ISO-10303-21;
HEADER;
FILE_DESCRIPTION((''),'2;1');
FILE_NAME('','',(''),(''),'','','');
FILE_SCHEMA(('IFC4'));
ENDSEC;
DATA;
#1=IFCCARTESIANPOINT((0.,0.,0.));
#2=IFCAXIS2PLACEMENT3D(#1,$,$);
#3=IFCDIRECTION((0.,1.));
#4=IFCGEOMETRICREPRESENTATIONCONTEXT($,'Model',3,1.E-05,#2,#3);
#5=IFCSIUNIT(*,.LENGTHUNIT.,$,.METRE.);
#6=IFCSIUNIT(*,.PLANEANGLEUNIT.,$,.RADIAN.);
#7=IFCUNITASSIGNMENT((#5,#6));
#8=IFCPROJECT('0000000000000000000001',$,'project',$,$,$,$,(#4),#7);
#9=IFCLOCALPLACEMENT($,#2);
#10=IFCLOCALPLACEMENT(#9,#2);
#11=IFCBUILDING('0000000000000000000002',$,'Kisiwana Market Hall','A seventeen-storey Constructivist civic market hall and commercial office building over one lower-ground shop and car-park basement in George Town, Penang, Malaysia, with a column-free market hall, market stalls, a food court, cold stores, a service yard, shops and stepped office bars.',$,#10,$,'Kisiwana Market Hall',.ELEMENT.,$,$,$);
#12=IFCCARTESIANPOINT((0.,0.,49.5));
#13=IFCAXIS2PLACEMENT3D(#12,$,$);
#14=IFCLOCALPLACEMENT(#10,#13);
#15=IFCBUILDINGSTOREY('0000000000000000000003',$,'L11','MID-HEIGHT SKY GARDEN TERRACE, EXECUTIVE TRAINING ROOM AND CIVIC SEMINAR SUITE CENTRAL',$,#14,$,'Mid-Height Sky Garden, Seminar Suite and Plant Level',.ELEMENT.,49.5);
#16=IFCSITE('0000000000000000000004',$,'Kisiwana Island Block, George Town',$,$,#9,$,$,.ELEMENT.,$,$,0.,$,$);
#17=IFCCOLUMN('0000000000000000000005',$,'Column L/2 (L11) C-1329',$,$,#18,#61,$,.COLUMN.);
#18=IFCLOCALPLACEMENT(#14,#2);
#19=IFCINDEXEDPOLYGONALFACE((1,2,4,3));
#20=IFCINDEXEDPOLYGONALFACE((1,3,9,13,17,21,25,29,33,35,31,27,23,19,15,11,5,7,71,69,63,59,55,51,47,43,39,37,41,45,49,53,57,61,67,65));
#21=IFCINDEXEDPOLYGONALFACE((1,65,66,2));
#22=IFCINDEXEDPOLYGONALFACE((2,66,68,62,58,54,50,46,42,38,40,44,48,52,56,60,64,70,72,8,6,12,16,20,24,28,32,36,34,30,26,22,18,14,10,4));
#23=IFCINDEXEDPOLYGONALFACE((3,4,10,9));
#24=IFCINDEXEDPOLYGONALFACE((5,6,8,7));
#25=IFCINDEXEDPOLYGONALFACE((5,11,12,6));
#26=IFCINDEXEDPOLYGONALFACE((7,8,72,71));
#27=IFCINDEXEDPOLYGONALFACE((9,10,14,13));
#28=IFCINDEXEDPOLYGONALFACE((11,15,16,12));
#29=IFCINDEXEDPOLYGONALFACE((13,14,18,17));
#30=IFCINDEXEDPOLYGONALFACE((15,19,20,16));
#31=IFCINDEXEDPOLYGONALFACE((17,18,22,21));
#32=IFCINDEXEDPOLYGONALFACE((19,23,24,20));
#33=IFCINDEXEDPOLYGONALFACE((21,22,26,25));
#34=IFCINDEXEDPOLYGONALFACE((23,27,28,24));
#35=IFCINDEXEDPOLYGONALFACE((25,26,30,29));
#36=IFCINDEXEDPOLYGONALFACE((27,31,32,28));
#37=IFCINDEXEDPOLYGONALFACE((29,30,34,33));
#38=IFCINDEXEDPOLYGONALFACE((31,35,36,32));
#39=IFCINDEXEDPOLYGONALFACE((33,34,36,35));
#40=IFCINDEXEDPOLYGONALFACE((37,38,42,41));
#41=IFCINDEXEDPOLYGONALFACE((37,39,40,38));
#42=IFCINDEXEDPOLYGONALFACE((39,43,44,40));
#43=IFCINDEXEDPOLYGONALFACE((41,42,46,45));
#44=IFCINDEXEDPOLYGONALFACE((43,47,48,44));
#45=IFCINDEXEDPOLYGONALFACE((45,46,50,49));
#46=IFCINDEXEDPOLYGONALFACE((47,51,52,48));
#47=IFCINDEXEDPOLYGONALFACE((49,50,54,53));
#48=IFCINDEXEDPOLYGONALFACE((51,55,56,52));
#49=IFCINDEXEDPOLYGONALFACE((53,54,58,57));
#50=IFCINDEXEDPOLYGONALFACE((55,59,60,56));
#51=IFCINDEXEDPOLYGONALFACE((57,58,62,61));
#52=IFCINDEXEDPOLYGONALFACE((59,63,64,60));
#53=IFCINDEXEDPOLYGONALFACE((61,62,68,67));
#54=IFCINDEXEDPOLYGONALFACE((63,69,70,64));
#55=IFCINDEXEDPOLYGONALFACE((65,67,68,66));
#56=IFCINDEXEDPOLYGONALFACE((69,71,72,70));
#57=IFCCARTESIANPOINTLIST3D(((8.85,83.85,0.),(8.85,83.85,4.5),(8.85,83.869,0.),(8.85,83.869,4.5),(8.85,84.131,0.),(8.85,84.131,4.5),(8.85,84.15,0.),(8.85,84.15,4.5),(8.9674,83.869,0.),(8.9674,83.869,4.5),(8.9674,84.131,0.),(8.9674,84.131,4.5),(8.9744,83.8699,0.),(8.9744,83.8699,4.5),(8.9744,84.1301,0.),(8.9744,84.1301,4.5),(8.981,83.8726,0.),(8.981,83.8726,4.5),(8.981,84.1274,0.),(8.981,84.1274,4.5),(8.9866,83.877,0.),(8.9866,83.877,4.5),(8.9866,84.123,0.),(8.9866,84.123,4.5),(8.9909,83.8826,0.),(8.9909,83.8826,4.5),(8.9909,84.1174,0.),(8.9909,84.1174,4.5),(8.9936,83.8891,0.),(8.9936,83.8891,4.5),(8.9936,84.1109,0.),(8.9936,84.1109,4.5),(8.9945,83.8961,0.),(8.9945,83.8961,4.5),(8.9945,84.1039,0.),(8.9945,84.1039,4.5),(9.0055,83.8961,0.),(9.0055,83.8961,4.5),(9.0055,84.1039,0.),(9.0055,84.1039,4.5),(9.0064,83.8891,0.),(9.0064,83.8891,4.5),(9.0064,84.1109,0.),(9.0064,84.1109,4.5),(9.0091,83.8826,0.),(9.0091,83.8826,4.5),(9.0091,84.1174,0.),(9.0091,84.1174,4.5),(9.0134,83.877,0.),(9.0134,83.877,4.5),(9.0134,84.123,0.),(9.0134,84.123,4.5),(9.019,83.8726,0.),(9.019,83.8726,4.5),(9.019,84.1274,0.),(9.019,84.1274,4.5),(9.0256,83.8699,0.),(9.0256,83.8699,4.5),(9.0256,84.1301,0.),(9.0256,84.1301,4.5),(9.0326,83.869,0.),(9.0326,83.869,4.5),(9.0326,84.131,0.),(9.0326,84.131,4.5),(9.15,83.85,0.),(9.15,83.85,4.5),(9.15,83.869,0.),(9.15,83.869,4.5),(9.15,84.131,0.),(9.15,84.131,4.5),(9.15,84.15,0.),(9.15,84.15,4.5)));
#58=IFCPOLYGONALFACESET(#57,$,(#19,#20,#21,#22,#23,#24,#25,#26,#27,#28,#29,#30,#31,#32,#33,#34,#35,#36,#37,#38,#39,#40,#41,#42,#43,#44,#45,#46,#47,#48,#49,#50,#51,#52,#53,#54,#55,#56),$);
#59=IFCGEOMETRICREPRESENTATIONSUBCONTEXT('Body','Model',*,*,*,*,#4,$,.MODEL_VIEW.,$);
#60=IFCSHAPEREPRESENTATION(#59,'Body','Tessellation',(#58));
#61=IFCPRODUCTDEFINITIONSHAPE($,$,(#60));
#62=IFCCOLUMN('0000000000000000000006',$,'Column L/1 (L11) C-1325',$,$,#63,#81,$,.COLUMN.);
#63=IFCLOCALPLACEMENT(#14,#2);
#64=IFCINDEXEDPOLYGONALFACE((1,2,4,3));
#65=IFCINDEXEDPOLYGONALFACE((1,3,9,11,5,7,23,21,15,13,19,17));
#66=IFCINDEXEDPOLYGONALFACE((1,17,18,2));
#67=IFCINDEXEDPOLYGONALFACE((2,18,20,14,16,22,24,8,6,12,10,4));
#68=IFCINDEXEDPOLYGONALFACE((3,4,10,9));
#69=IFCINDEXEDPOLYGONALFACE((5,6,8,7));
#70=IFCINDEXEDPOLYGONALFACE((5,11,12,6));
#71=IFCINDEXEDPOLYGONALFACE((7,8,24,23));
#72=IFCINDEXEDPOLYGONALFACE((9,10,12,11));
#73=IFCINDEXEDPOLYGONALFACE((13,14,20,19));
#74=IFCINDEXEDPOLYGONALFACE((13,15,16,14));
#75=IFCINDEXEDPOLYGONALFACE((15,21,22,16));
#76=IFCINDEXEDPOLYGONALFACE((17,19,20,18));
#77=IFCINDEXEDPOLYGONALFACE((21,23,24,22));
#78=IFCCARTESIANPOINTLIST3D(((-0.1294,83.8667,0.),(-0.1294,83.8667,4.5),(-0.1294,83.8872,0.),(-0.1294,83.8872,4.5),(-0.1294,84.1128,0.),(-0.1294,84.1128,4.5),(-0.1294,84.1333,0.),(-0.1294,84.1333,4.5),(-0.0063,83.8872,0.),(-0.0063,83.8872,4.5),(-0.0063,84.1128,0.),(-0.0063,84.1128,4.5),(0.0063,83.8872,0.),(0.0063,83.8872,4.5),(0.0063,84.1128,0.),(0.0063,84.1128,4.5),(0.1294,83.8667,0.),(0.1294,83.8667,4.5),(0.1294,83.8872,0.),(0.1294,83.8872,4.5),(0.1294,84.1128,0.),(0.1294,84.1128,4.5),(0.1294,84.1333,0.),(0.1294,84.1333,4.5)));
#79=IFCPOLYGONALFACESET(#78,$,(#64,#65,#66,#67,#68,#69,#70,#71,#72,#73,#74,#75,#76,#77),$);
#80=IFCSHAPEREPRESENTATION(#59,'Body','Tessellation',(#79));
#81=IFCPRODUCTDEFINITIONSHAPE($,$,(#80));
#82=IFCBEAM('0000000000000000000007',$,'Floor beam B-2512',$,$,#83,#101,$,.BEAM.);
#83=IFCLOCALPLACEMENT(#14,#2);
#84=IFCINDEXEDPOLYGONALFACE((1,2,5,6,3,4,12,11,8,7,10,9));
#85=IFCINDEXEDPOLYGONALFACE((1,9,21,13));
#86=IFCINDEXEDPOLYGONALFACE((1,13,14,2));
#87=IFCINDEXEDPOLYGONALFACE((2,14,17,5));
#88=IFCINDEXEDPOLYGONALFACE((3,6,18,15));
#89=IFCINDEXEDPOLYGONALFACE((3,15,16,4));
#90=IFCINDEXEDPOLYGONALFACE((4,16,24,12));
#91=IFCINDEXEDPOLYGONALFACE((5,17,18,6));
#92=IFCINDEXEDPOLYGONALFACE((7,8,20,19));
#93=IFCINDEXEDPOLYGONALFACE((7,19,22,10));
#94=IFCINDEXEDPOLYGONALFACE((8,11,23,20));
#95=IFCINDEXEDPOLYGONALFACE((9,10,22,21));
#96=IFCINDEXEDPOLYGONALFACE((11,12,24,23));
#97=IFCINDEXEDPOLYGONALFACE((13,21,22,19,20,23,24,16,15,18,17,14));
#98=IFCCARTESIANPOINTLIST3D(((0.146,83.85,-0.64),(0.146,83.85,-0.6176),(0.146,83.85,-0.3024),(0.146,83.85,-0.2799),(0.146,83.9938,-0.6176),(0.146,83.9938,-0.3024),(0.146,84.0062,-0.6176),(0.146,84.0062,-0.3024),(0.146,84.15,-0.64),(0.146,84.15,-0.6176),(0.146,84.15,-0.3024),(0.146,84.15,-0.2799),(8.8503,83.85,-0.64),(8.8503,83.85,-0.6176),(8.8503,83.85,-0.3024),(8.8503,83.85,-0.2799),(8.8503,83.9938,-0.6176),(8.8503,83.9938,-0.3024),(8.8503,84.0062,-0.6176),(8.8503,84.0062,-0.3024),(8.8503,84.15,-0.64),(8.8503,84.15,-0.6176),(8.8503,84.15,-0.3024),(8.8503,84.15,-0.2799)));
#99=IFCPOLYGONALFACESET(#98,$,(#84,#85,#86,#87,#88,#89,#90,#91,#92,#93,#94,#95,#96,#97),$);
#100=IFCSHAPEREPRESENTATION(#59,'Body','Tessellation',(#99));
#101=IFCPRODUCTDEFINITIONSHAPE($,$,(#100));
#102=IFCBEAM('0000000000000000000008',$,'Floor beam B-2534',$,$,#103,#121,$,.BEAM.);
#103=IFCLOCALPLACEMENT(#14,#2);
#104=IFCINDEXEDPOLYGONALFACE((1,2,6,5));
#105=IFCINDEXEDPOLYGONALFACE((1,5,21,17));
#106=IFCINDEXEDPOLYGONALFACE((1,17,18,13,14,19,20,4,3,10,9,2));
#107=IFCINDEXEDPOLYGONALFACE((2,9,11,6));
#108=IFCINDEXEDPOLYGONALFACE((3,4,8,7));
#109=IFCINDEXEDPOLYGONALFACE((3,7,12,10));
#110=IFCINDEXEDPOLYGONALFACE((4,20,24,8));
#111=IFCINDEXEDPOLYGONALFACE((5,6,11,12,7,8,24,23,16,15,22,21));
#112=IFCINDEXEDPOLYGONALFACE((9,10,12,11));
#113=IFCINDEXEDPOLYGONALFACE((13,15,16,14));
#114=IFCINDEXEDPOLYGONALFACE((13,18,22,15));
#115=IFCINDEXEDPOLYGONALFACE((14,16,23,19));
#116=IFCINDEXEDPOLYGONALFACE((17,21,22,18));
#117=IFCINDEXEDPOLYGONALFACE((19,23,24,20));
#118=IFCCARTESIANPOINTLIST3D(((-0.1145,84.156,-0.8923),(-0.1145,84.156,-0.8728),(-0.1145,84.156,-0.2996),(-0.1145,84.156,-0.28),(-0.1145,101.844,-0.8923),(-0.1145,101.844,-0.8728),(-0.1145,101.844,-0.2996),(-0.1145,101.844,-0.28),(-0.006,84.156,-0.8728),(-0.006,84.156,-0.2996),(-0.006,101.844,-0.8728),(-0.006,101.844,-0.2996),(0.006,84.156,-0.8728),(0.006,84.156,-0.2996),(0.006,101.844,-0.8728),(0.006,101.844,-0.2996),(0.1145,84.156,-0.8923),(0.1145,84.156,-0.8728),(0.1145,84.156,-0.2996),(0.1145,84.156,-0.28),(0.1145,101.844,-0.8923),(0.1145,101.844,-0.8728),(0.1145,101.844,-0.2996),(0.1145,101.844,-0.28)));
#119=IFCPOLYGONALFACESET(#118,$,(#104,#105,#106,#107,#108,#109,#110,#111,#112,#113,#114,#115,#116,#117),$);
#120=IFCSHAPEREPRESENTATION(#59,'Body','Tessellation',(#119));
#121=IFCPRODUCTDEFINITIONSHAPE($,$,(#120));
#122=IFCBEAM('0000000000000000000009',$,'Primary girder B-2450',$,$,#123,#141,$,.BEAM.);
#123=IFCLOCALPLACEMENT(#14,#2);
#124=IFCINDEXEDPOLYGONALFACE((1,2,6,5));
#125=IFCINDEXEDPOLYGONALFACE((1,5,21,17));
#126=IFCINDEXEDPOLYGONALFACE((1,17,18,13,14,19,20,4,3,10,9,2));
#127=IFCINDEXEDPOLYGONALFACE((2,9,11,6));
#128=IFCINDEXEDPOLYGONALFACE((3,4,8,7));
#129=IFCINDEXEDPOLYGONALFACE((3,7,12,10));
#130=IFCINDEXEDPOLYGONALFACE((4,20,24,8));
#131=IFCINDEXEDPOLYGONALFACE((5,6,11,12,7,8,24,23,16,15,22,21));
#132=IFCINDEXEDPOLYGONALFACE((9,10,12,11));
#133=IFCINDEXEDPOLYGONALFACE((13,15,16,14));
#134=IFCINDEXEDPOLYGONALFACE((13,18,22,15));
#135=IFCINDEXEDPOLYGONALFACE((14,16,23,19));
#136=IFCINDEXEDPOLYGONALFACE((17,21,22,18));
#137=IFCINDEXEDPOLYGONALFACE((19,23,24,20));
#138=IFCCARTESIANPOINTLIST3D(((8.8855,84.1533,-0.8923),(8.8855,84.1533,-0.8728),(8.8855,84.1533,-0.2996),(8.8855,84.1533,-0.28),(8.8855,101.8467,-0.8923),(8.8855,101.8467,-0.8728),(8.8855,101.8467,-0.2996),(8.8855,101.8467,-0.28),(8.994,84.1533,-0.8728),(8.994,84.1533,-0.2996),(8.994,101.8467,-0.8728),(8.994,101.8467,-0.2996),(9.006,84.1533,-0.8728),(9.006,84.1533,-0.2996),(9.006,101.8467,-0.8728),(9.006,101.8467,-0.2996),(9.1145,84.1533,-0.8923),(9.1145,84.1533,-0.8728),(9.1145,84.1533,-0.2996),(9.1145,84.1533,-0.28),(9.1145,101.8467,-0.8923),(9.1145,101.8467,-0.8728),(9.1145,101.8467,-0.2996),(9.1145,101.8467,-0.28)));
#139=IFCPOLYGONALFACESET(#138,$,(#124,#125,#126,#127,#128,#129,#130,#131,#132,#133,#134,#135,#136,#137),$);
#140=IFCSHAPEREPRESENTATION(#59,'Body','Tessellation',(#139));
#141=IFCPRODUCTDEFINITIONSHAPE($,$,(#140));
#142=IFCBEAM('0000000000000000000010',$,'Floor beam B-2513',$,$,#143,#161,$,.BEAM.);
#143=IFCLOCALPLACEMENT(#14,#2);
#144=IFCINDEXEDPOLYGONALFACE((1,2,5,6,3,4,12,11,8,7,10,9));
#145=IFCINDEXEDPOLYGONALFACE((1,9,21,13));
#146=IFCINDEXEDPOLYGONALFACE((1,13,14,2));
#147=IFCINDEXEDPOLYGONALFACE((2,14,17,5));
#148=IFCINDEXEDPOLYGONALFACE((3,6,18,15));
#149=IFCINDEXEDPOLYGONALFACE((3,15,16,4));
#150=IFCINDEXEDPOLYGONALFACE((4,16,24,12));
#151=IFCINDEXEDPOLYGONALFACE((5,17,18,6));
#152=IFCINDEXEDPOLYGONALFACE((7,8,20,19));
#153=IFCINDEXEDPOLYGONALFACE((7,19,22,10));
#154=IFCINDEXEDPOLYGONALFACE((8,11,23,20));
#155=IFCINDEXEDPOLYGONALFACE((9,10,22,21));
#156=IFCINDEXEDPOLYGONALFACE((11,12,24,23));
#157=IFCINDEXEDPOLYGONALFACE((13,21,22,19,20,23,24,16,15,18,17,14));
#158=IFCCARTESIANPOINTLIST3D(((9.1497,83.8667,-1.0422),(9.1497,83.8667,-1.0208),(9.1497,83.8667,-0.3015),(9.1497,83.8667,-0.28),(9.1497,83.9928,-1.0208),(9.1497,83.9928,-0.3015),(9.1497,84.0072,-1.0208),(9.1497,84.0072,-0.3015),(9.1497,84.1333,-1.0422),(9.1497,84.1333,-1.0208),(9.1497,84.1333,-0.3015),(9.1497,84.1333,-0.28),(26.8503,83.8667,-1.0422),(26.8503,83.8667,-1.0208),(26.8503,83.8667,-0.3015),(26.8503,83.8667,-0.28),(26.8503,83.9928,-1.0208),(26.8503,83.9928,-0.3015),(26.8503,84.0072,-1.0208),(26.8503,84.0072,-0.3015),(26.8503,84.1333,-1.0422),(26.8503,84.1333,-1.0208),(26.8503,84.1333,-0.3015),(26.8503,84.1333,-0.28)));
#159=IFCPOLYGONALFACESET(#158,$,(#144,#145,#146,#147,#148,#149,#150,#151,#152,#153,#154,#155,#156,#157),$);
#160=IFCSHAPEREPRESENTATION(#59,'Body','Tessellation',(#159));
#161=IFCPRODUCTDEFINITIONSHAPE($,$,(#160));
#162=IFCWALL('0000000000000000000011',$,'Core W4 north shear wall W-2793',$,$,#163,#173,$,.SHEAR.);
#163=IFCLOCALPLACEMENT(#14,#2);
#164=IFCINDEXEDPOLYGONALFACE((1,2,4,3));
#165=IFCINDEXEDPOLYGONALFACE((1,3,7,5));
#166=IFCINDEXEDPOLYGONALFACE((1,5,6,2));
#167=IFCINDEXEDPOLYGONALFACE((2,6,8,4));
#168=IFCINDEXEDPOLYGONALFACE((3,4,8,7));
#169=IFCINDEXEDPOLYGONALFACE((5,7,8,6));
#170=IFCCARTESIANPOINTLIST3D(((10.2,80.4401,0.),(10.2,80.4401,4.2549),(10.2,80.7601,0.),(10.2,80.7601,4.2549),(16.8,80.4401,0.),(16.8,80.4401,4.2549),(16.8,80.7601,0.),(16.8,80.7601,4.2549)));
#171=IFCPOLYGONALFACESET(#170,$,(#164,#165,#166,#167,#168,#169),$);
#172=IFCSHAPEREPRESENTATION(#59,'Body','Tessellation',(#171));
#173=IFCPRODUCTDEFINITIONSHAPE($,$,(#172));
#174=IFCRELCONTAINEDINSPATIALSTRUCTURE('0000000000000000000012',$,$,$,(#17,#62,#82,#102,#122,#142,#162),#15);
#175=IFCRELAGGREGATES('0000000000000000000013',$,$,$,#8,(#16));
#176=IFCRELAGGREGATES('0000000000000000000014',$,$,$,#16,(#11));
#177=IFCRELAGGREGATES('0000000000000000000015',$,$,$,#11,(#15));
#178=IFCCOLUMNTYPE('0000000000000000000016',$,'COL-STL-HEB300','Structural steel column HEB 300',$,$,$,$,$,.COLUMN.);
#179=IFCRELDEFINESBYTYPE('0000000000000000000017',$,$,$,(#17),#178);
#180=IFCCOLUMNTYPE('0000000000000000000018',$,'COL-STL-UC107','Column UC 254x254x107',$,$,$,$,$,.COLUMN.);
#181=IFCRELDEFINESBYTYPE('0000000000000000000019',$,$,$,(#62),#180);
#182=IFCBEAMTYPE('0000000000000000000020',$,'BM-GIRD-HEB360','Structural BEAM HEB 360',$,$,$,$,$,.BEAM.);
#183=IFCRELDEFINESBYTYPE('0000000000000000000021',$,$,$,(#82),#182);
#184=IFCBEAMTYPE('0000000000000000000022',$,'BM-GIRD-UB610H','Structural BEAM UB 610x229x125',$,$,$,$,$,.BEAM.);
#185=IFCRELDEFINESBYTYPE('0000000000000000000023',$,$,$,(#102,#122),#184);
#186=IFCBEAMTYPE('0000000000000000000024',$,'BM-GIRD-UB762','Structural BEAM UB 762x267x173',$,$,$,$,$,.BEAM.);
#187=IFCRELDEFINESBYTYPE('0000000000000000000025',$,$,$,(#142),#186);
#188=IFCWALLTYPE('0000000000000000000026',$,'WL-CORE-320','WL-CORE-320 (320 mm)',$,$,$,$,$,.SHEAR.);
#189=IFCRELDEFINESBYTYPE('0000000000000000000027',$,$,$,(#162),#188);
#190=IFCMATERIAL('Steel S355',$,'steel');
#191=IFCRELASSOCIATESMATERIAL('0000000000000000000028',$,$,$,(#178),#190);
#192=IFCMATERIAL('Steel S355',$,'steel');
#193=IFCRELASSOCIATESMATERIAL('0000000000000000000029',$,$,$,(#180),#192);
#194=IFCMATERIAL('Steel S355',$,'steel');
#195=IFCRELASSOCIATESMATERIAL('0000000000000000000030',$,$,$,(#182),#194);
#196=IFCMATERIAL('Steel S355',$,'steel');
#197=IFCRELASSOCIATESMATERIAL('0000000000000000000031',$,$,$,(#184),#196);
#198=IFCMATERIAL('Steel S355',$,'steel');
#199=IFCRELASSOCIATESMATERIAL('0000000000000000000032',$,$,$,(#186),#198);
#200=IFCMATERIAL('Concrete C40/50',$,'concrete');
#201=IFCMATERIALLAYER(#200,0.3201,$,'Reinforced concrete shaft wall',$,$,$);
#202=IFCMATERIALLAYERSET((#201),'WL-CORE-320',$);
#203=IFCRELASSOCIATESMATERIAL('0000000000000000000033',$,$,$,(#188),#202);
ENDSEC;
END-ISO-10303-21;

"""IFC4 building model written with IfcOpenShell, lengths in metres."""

from ifc_helpers import new_model, si_unit, direction, frame, frame_2d, origin, origin_2d, place, context, subcontext, project, spatial, rectangle, i_section, extrude, material, layer, layer_set, material_profile, profile_set, type_object, element, save


model = new_model("IFC4")

# Units and contexts
model_context = context("Model", 3, precision=1e-05, world=origin(), true_north=direction((0.0, 1.0)))
body_context = subcontext(model_context, "Body", "Model", "MODEL_VIEW")
ifc_project = project(units=[si_unit("LENGTHUNIT", "METRE"), si_unit("PLANEANGLEUNIT", "RADIAN")], contexts=[model_context])

# Site, building, storey
site_placement = place(None, origin())
site = spatial("IfcSite", under=ifc_project, at=site_placement, Name="Kisiwana Island Block, George Town", CompositionType="ELEMENT", RefElevation=0.0)
building_placement = place(site_placement, origin())
building = spatial("IfcBuilding", under=site, at=building_placement, Name="Kisiwana Market Hall", Description="A seventeen-storey Constructivist civic market hall and commercial office building over one lower-ground shop and car-park basement in George Town, Penang, Malaysia, with a column-free market hall, market stalls, a food court, cold stores, a service yard, shops and stepped office bars.", LongName="Kisiwana Market Hall", CompositionType="ELEMENT")
storey_placement = place(building_placement, frame((0.0, 0.0, 49.5)))
storey = spatial("IfcBuildingStorey", under=building, at=storey_placement, Name="L11", Description="MID-HEIGHT SKY GARDEN TERRACE, EXECUTIVE TRAINING ROOM AND CIVIC SEMINAR SUITE CENTRAL", LongName="Mid-Height Sky Garden, Seminar Suite and Plant Level", CompositionType="ELEMENT", Elevation=49.5)

# Columns
ifc_material_1 = material(Name="Steel S355", Category="steel")
ifc_material_profile_1 = material_profile(ifc_material_1, i_section(OverallWidth=0.3, OverallDepth=0.3, WebThickness=0.011, FlangeThickness=0.019, FilletRadius=0.0271, at=origin_2d()), Name="HEB 300")
ifc_profile_set_1 = profile_set([ifc_material_profile_1], Name="Steel S355")
column_type_1 = type_object("IfcColumnType", Name="COL-STL-HEB300", Description="Structural steel column HEB 300", PredefinedType="COLUMN", material=ifc_profile_set_1)
column_1_placement = place(storey_placement, frame((9.0, 84.0, 0.0), z_axis=(0.0, 0.0, 1.0), x_axis=(1.0, 0.0, 0.0)))
element("IfcColumn", 1, at=column_1_placement, inside=storey, type_object=column_type_1, Name="Column L/2 (L11) C-1329", PredefinedType="COLUMN", context=body_context, shape_type="SweptSolid", body=[
    extrude(i_section(OverallWidth=0.3, OverallDepth=0.3, WebThickness=0.011, FlangeThickness=0.019, FilletRadius=0.0271, at=origin_2d()), origin(), (0.0, 0.0, 1.0), 4.5),
])
ifc_material_2 = material(Name="Steel S355", Category="steel")
ifc_material_profile_2 = material_profile(ifc_material_2, i_section(OverallWidth=0.2588, OverallDepth=0.2666, WebThickness=0.0127, FlangeThickness=0.0205, at=origin_2d()), Name="UC 254x254x107")
ifc_profile_set_2 = profile_set([ifc_material_profile_2], Name="Steel S355")
column_type_2 = type_object("IfcColumnType", Name="COL-STL-UC107", Description="Column UC 254x254x107", PredefinedType="COLUMN", material=ifc_profile_set_2)
column_2_placement = place(storey_placement, frame((0.0, 84.0, 0.0), z_axis=(0.0, 0.0, 1.0), x_axis=(1.0, 0.0, 0.0)))
element("IfcColumn", 2, at=column_2_placement, inside=storey, type_object=column_type_2, Name="Column L/1 (L11) C-1325", PredefinedType="COLUMN", context=body_context, shape_type="SweptSolid", body=[
    extrude(i_section(OverallWidth=0.2588, OverallDepth=0.2666, WebThickness=0.0127, FlangeThickness=0.0205, at=origin_2d()), origin(), (0.0, 0.0, 1.0), 4.5),
])

# Beams
ifc_material_3 = material(Name="Steel S355", Category="steel")
ifc_material_profile_3 = material_profile(ifc_material_3, i_section(OverallWidth=0.3, OverallDepth=0.3601, WebThickness=0.0125, FlangeThickness=0.0225, at=origin_2d()), Name="HEB 360")
ifc_profile_set_3 = profile_set([ifc_material_profile_3], Name="Steel S355")
beam_type_1 = type_object("IfcBeamType", Name="BM-GIRD-HEB360", Description="Structural BEAM HEB 360", PredefinedType="BEAM", material=ifc_profile_set_3)
beam_1_placement = place(storey_placement, frame((0.146, 84.0, -0.46), z_axis=(1.0, 0.0, 0.0), x_axis=(0.0, 1.0, 0.0)))
element("IfcBeam", 3, at=beam_1_placement, inside=storey, type_object=beam_type_1, Name="Floor beam B-2512", PredefinedType="BEAM", context=body_context, shape_type="SweptSolid", body=[
    extrude(i_section(OverallWidth=0.3, OverallDepth=0.3601, WebThickness=0.0125, FlangeThickness=0.0225, at=origin_2d()), origin(), (0.0, 0.0, 1.0), 8.7043),
])
ifc_material_4 = material(Name="Steel S355", Category="steel")
ifc_material_profile_4 = material_profile(ifc_material_4, i_section(OverallWidth=0.229, OverallDepth=0.6123, WebThickness=0.012, FlangeThickness=0.0195, at=origin_2d()), Name="UB 610x229x125")
ifc_profile_set_4 = profile_set([ifc_material_profile_4], Name="Steel S355")
beam_type_2 = type_object("IfcBeamType", Name="BM-GIRD-UB610H", Description="Structural BEAM UB 610x229x125", PredefinedType="BEAM", material=ifc_profile_set_4)
beam_2_placement = place(storey_placement, frame((0.0, 84.156, -0.5862), z_axis=(0.0, 1.0, 0.0), x_axis=(-1.0, 0.0, 0.0)))
element("IfcBeam", 4, at=beam_2_placement, inside=storey, type_object=beam_type_2, Name="Floor beam B-2534", PredefinedType="BEAM", context=body_context, shape_type="SweptSolid", body=[
    extrude(i_section(OverallWidth=0.229, OverallDepth=0.6123, WebThickness=0.012, FlangeThickness=0.0195, at=origin_2d()), origin(), (0.0, 0.0, 1.0), 17.688),
])
beam_3_placement = place(storey_placement, frame((9.0, 84.1533, -0.5862), z_axis=(0.0, 1.0, 0.0), x_axis=(-1.0, 0.0, 0.0)))
element("IfcBeam", 5, at=beam_3_placement, inside=storey, type_object=beam_type_2, Name="Primary girder B-2450", PredefinedType="BEAM", context=body_context, shape_type="SweptSolid", body=[
    extrude(i_section(OverallWidth=0.229, OverallDepth=0.6123, WebThickness=0.012, FlangeThickness=0.0195, at=origin_2d()), origin(), (0.0, 0.0, 1.0), 17.6934),
])
ifc_material_5 = material(Name="Steel S355", Category="steel")
ifc_material_profile_5 = material_profile(ifc_material_5, i_section(OverallWidth=0.2666, OverallDepth=0.7622, WebThickness=0.0144, FlangeThickness=0.0215, at=origin_2d()), Name="UB 762x267x173")
ifc_profile_set_5 = profile_set([ifc_material_profile_5], Name="Steel S355")
beam_type_3 = type_object("IfcBeamType", Name="BM-GIRD-UB762", Description="Structural BEAM UB 762x267x173", PredefinedType="BEAM", material=ifc_profile_set_5)
beam_4_placement = place(storey_placement, frame((9.1497, 84.0, -0.6611), z_axis=(1.0, 0.0, 0.0), x_axis=(0.0, 1.0, 0.0)))
element("IfcBeam", 6, at=beam_4_placement, inside=storey, type_object=beam_type_3, Name="Floor beam B-2513", PredefinedType="BEAM", context=body_context, shape_type="SweptSolid", body=[
    extrude(i_section(OverallWidth=0.2666, OverallDepth=0.7622, WebThickness=0.0144, FlangeThickness=0.0215, at=origin_2d()), origin(), (0.0, 0.0, 1.0), 17.7007),
])

# Wall
ifc_material_6 = material(Name="Concrete C40/50", Category="concrete")
ifc_layer_1 = layer(ifc_material_6, 0.3201, Name="Reinforced concrete shaft wall")
ifc_layer_set_1 = layer_set([ifc_layer_1], Name="WL-CORE-320")
wall_type_1 = type_object("IfcWallType", Name="WL-CORE-320", Description="WL-CORE-320 (320 mm)", PredefinedType="SHEAR", material=ifc_layer_set_1)
wall_1_placement = place(storey_placement, frame((10.2, 80.6001, 0.0), z_axis=(0.0, 0.0, 1.0), x_axis=(1.0, 0.0, 0.0)))
element("IfcWall", 7, at=wall_1_placement, inside=storey, type_object=wall_type_1, Name="Core W4 north shear wall W-2793", PredefinedType="SHEAR", context=body_context, shape_type="SweptSolid", body=[
    extrude(rectangle(XDim=6.6001, YDim=0.3201, at=frame_2d((3.3, 0.0))), origin(), (0.0, 0.0, 1.0), 4.2549),
])

save(model, "model.ifc")
